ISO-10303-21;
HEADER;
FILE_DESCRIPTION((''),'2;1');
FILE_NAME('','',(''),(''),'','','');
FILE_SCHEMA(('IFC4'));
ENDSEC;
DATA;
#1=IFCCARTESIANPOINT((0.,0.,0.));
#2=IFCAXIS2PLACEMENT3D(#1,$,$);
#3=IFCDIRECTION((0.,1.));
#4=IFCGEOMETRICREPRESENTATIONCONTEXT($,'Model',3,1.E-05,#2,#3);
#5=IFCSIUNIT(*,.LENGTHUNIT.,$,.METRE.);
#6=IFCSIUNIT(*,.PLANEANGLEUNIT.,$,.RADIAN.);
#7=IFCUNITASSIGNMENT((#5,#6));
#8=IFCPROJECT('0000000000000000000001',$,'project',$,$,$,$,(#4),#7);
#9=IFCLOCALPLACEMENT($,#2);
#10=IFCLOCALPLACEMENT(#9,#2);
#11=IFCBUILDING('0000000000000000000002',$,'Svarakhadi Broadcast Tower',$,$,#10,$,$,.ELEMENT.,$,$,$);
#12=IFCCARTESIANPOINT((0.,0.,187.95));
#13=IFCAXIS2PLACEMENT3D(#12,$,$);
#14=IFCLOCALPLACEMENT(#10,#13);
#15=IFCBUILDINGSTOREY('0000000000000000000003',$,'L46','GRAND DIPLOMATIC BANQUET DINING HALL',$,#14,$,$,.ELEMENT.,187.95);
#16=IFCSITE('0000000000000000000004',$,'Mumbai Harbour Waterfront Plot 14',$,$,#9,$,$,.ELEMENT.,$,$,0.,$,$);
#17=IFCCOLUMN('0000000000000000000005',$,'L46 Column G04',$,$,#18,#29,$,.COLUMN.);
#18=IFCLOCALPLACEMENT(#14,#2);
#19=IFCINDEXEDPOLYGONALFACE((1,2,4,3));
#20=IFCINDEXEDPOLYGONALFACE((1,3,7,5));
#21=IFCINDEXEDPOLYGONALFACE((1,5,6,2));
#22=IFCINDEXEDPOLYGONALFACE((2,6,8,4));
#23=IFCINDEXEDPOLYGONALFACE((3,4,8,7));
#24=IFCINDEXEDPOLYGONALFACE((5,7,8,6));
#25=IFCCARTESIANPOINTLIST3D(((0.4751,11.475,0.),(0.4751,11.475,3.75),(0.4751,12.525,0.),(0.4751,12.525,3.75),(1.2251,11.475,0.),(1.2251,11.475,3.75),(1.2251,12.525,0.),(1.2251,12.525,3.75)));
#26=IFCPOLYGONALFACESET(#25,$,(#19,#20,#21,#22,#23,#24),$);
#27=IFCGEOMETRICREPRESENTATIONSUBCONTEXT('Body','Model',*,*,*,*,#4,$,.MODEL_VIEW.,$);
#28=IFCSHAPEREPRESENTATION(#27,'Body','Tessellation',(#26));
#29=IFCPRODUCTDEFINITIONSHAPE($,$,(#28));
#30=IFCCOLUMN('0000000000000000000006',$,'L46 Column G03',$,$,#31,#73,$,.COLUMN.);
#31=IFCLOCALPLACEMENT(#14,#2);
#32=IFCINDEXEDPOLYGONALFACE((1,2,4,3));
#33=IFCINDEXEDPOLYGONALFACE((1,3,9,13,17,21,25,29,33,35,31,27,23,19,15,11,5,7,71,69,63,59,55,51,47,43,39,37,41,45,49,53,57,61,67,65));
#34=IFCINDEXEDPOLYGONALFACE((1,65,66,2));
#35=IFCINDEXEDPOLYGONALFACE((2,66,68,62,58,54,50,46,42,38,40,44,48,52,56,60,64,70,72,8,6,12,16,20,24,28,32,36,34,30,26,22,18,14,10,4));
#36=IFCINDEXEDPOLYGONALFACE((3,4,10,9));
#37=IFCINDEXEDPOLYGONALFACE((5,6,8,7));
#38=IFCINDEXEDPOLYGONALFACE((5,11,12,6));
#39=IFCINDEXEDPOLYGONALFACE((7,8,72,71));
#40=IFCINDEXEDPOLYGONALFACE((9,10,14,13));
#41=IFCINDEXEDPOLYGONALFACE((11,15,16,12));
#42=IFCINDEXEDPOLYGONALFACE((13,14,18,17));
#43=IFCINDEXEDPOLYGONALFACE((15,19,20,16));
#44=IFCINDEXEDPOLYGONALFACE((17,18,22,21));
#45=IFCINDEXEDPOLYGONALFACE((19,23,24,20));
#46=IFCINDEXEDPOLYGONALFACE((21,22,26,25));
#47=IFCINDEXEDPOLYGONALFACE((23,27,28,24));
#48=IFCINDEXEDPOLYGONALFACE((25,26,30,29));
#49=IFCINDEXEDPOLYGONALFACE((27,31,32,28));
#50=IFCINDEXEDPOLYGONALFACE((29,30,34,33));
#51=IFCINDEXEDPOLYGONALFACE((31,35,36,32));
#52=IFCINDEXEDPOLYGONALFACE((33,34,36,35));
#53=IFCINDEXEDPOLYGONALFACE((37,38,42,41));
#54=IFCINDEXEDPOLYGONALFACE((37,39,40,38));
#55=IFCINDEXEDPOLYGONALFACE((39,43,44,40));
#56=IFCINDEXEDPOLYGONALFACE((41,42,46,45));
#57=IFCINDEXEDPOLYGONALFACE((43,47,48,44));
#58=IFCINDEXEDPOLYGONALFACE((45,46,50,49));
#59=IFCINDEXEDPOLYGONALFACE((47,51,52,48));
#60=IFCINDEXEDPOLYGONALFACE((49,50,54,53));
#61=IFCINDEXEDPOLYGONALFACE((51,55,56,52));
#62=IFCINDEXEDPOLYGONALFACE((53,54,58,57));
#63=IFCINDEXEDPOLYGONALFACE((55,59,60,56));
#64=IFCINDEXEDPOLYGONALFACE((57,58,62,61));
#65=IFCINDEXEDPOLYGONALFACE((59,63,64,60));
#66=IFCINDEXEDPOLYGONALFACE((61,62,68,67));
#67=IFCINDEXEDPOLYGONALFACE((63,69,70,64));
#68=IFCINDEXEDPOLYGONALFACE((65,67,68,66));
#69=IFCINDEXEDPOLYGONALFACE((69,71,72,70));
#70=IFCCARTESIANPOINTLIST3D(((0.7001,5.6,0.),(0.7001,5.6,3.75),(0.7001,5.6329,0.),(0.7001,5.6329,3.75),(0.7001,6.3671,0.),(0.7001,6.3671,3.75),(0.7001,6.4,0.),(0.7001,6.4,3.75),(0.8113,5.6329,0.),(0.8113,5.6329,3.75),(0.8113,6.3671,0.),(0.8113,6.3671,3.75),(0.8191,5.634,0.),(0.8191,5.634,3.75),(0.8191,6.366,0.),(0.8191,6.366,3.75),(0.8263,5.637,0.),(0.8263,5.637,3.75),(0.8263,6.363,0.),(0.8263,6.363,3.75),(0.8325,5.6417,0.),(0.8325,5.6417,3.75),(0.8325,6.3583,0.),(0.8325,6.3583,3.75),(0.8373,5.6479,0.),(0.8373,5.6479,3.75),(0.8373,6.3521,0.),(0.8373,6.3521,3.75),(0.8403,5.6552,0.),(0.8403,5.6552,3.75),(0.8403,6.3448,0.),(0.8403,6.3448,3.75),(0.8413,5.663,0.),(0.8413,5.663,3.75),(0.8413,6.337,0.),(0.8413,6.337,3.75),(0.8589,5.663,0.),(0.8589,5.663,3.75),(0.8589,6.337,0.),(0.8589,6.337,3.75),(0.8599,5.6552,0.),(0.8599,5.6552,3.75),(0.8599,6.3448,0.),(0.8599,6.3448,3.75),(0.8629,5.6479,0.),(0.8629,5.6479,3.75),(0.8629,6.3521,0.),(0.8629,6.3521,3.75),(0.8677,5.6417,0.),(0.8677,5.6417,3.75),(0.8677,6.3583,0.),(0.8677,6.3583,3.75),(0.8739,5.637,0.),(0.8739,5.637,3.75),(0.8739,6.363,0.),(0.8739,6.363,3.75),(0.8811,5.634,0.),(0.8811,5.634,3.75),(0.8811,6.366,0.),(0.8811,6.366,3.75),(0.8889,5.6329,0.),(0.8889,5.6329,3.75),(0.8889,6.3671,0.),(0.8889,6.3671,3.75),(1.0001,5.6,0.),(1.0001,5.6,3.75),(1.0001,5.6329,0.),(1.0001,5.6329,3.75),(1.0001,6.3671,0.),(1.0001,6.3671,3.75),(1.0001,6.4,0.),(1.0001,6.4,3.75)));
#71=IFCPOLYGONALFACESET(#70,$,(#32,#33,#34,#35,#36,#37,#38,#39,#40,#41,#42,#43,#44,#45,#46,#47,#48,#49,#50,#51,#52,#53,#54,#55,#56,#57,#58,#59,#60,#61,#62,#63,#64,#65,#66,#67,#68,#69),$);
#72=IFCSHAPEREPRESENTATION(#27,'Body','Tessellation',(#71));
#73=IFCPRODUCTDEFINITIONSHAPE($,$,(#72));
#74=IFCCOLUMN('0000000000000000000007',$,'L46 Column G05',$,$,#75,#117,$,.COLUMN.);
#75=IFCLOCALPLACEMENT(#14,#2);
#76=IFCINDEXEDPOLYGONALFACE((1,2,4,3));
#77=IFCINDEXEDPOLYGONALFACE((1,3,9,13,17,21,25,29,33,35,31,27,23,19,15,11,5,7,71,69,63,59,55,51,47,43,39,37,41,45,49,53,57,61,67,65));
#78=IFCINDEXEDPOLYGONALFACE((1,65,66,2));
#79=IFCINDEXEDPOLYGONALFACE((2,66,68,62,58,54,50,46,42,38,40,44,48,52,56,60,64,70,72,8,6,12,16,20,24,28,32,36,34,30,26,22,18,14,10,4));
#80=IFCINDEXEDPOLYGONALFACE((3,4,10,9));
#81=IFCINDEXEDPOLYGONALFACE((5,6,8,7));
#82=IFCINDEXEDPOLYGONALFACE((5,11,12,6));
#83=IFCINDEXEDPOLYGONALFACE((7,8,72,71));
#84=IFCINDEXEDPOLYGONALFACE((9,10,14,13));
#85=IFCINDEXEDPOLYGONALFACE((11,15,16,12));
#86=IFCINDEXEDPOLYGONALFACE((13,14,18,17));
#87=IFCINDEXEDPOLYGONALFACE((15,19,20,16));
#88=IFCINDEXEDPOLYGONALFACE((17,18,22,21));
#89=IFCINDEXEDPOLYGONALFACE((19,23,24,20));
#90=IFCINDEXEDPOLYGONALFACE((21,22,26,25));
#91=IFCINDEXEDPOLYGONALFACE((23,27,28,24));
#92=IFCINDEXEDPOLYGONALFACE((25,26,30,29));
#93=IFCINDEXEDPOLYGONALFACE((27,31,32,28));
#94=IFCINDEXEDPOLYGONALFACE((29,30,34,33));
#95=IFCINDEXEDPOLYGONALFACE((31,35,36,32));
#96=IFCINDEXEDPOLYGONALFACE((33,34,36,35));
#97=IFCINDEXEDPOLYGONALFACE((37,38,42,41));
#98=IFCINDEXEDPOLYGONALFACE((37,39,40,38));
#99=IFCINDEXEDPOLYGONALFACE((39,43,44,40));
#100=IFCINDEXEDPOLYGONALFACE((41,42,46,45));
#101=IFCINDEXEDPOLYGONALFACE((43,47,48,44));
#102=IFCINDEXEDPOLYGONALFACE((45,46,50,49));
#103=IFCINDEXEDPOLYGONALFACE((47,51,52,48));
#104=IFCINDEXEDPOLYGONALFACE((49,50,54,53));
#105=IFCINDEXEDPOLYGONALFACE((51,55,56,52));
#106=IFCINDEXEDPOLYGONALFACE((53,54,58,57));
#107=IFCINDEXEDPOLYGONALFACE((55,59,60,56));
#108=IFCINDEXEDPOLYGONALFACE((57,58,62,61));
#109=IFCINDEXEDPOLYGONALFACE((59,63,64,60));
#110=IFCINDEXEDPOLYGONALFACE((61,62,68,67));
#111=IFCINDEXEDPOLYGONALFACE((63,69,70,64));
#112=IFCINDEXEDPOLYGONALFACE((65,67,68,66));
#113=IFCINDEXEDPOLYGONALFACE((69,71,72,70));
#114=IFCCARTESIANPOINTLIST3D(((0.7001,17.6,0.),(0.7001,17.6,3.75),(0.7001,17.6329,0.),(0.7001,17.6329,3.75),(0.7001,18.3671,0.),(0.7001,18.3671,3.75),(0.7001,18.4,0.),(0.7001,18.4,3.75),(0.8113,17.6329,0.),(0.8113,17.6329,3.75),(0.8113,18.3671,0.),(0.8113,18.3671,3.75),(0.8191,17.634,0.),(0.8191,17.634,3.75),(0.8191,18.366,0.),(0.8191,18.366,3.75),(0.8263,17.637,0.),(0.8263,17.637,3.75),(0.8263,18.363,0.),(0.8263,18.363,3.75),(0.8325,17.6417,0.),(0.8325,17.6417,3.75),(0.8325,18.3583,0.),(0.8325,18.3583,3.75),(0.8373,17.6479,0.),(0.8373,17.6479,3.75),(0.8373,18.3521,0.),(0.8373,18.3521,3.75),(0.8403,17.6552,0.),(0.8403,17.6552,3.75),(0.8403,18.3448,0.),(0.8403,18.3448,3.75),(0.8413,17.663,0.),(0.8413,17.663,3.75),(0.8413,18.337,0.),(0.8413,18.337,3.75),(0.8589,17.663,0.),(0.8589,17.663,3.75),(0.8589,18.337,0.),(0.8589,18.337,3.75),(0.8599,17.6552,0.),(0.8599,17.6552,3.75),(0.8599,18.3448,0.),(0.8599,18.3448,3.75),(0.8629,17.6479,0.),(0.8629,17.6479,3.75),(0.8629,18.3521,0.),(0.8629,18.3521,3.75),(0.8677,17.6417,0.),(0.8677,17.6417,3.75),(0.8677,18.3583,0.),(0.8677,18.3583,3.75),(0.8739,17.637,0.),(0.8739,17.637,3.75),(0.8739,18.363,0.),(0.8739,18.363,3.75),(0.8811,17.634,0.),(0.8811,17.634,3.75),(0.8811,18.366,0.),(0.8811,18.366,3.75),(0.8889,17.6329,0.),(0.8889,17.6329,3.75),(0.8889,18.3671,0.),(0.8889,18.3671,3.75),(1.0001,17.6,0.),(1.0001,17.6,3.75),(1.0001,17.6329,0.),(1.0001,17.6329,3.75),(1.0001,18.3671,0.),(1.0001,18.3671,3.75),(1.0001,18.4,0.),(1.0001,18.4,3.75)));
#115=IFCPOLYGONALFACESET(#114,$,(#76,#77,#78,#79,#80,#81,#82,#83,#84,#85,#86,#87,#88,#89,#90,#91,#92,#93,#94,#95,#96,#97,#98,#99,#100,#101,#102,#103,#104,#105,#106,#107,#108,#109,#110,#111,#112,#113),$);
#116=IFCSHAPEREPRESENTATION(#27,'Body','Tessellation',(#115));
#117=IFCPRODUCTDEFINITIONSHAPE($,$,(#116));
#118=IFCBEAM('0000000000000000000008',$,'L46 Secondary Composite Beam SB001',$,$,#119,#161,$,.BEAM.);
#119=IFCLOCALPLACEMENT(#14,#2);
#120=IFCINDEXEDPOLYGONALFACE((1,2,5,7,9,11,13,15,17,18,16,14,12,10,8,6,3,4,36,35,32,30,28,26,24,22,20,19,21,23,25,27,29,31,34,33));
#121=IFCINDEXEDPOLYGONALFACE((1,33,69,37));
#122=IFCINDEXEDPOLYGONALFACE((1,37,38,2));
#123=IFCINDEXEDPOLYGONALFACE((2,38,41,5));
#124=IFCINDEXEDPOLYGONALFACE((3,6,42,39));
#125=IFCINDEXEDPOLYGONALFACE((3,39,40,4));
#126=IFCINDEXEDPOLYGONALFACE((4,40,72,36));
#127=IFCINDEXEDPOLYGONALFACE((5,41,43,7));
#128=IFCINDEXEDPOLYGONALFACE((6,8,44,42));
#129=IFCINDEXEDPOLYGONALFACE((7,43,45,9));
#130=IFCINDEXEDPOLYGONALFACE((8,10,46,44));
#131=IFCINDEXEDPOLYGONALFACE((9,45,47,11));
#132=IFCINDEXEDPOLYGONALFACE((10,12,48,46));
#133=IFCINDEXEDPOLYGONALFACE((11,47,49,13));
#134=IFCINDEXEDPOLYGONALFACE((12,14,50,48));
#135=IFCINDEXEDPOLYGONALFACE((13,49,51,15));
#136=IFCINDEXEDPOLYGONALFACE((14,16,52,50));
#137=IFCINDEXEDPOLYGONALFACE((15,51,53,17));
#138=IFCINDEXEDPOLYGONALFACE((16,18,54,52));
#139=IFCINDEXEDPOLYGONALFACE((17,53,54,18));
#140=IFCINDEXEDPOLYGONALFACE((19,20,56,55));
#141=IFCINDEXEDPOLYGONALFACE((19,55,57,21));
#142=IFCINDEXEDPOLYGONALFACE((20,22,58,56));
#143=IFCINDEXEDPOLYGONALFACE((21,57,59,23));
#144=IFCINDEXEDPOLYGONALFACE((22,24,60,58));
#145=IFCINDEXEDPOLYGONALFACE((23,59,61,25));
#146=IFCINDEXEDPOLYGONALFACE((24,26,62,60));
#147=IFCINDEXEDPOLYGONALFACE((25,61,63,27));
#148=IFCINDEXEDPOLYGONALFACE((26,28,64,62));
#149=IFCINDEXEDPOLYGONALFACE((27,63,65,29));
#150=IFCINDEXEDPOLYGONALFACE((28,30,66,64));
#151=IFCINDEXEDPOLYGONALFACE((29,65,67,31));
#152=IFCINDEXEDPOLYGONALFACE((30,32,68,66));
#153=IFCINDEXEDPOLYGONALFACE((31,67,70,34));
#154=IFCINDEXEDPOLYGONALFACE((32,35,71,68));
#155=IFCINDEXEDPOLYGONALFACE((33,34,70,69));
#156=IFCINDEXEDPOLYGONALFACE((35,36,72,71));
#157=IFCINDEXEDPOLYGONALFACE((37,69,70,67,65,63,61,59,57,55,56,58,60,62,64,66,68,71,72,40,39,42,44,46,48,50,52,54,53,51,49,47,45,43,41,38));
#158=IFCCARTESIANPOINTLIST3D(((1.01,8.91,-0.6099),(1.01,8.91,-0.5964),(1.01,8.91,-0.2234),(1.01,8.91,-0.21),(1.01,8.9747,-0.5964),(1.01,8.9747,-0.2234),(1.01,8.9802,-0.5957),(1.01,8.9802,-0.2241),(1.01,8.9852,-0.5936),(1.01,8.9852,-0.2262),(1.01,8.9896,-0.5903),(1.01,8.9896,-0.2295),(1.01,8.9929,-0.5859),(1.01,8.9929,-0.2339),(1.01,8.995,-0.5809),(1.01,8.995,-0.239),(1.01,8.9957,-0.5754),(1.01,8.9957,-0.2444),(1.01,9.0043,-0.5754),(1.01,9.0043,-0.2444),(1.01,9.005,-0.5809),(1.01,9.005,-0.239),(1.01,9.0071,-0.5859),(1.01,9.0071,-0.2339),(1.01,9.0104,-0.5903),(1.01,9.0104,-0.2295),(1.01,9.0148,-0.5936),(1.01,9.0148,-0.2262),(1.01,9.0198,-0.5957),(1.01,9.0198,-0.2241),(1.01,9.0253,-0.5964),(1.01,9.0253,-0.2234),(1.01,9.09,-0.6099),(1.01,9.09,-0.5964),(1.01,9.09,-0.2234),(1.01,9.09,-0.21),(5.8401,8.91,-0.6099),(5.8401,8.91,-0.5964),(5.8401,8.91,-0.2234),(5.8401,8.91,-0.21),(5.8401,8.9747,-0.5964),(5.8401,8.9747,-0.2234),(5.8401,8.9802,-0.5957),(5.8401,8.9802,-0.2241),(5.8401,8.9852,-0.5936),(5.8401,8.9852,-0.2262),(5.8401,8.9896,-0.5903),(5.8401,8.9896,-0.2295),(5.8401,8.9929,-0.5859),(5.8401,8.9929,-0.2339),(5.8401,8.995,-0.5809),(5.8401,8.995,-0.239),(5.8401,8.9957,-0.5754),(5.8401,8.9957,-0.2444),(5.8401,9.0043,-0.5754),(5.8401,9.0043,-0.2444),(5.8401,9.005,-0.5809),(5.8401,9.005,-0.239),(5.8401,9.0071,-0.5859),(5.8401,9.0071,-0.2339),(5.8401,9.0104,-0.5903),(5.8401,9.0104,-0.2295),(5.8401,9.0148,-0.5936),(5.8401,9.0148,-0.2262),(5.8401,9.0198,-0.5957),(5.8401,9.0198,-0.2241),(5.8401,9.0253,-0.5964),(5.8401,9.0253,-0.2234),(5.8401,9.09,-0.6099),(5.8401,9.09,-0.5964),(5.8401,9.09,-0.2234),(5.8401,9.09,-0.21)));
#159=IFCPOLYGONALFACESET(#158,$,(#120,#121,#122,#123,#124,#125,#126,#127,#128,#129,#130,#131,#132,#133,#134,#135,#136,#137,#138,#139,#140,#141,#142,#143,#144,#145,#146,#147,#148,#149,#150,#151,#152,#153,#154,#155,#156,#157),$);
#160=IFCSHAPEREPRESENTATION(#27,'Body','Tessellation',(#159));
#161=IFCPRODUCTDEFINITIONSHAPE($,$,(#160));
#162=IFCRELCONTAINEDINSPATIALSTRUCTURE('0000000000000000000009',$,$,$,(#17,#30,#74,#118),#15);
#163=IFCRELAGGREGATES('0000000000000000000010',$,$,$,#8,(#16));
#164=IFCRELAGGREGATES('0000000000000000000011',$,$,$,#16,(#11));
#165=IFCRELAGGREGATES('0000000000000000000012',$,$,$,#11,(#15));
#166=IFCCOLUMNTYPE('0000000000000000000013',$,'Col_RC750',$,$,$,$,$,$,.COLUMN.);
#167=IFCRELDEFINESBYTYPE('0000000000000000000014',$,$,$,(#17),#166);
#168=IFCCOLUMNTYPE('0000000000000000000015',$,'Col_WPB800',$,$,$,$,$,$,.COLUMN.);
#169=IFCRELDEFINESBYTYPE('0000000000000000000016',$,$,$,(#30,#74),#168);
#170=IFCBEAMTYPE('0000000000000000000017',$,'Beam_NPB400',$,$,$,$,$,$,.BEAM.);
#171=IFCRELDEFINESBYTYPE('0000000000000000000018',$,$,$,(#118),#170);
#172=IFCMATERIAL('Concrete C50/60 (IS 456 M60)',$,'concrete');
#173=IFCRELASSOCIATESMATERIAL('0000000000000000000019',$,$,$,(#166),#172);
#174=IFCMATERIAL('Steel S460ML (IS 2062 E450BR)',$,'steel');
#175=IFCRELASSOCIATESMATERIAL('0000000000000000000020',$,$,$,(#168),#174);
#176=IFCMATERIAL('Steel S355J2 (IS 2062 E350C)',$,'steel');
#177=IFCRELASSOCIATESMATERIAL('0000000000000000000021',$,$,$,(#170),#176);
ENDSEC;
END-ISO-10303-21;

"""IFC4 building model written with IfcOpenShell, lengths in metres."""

from ifc_helpers import new_model, si_unit, direction, frame, origin, origin_2d, place, context, subcontext, project, spatial, rectangle, i_section, extrude, material, material_profile, profile_set, type_object, element, save


model = new_model("IFC4")

# Units and contexts
model_context = context("Model", 3, precision=1e-05, world=origin(), true_north=direction((0.0, 1.0)))
body_context = subcontext(model_context, "Body", "Model", "MODEL_VIEW")
ifc_project = project(units=[si_unit("LENGTHUNIT", "METRE"), si_unit("PLANEANGLEUNIT", "RADIAN")], contexts=[model_context])

# Site, building, storey
site_placement = place(None, origin())
site = spatial("IfcSite", under=ifc_project, at=site_placement, Name="Mumbai Harbour Waterfront Plot 14", CompositionType="ELEMENT", RefElevation=0.0)
building_placement = place(site_placement, origin())
building = spatial("IfcBuilding", under=site, at=building_placement, Name="Svarakhadi Broadcast Tower", CompositionType="ELEMENT")
storey_placement = place(building_placement, frame((0.0, 0.0, 187.95)))
storey = spatial("IfcBuildingStorey", under=building, at=storey_placement, Name="L46", Description="GRAND DIPLOMATIC BANQUET DINING HALL", CompositionType="ELEMENT", Elevation=187.95)

# Columns
ifc_material_1 = material(Name="Concrete C50/60 (IS 456 M60)", Category="concrete")
ifc_material_profile_1 = material_profile(ifc_material_1, rectangle(XDim=0.75, YDim=1.05, at=origin_2d()), Name="RC 750x1050")
ifc_profile_set_1 = profile_set([ifc_material_profile_1], Name="Concrete C50/60 (IS 456 M60)")
column_type_1 = type_object("IfcColumnType", Name="Col_RC750", PredefinedType="COLUMN", material=ifc_profile_set_1)
column_placement = place(storey_placement, frame((0.8501, 12.0, 0.0), z_axis=(0.0, 0.0, 1.0), x_axis=(1.0, 0.0, 0.0)))
element("IfcColumn", 1, at=column_placement, inside=storey, type_object=column_type_1, Name="L46 Column G04", PredefinedType="COLUMN", context=body_context, shape_type="SweptSolid", body=[
    extrude(rectangle(XDim=0.75, YDim=1.05, at=origin_2d()), origin(), (0.0, 0.0, 1.0), 3.75),
])
ifc_material_2 = material(Name="Steel S460ML (IS 2062 E450BR)", Category="steel")
ifc_material_profile_2 = material_profile(ifc_material_2, i_section(OverallWidth=0.3, OverallDepth=0.8, WebThickness=0.0176, FlangeThickness=0.033, FilletRadius=0.03, at=origin_2d()), Name="WPB 800x300x262")
ifc_profile_set_2 = profile_set([ifc_material_profile_2], Name="Steel S460ML (IS 2062 E450BR)")
column_type_2 = type_object("IfcColumnType", Name="Col_WPB800", PredefinedType="COLUMN", material=ifc_profile_set_2)
for number, where, z_axis, x_axis, name in (
    (2, (0.8501, 6.0, 0.0), (0.0, 0.0, 1.0), (1.0, 0.0, 0.0), "L46 Column G03"),
    (3, (0.8501, 18.0, 0.0), (0.0, 0.0, 1.0), (1.0, 0.0, 0.0), "L46 Column G05"),
):
    element("IfcColumn", number, at=place(storey_placement, frame(where, z_axis=z_axis, x_axis=x_axis)), inside=storey, type_object=column_type_2, Name=name, PredefinedType="COLUMN", context=body_context, shape_type="SweptSolid", body=[
        extrude(i_section(OverallWidth=0.3, OverallDepth=0.8, WebThickness=0.0176, FlangeThickness=0.033, FilletRadius=0.03, at=origin_2d()), origin(), (0.0, 0.0, 1.0), 3.75),
    ])

# Beam
ifc_material_3 = material(Name="Steel S355J2 (IS 2062 E350C)", Category="steel")
ifc_material_profile_3 = material_profile(ifc_material_3, i_section(OverallWidth=0.1799, OverallDepth=0.3999, WebThickness=0.0085, FlangeThickness=0.0134, FilletRadius=0.021, at=origin_2d()), Name="NPB 400x180x66")
ifc_profile_set_3 = profile_set([ifc_material_profile_3], Name="Steel S355J2 (IS 2062 E350C)")
beam_type_1 = type_object("IfcBeamType", Name="Beam_NPB400", PredefinedType="BEAM", material=ifc_profile_set_3)
for number, where, z_axis, x_axis, name in (
    (4, (1.01, 9.0, -0.4099), (1.0, 0.0, 0.0), (0.0, 1.0, 0.0), "L46 Secondary Composite Beam SB001"),
):
    element("IfcBeam", number, at=place(storey_placement, frame(where, z_axis=z_axis, x_axis=x_axis)), inside=storey, type_object=beam_type_1, Name=name, PredefinedType="BEAM", context=body_context, shape_type="SweptSolid", body=[
        extrude(i_section(OverallWidth=0.1799, OverallDepth=0.3999, WebThickness=0.0085, FlangeThickness=0.0134, FilletRadius=0.021, at=origin_2d()), origin(), (0.0, 0.0, 1.0), 4.8301),
    ])

save(model, "model.ifc")
